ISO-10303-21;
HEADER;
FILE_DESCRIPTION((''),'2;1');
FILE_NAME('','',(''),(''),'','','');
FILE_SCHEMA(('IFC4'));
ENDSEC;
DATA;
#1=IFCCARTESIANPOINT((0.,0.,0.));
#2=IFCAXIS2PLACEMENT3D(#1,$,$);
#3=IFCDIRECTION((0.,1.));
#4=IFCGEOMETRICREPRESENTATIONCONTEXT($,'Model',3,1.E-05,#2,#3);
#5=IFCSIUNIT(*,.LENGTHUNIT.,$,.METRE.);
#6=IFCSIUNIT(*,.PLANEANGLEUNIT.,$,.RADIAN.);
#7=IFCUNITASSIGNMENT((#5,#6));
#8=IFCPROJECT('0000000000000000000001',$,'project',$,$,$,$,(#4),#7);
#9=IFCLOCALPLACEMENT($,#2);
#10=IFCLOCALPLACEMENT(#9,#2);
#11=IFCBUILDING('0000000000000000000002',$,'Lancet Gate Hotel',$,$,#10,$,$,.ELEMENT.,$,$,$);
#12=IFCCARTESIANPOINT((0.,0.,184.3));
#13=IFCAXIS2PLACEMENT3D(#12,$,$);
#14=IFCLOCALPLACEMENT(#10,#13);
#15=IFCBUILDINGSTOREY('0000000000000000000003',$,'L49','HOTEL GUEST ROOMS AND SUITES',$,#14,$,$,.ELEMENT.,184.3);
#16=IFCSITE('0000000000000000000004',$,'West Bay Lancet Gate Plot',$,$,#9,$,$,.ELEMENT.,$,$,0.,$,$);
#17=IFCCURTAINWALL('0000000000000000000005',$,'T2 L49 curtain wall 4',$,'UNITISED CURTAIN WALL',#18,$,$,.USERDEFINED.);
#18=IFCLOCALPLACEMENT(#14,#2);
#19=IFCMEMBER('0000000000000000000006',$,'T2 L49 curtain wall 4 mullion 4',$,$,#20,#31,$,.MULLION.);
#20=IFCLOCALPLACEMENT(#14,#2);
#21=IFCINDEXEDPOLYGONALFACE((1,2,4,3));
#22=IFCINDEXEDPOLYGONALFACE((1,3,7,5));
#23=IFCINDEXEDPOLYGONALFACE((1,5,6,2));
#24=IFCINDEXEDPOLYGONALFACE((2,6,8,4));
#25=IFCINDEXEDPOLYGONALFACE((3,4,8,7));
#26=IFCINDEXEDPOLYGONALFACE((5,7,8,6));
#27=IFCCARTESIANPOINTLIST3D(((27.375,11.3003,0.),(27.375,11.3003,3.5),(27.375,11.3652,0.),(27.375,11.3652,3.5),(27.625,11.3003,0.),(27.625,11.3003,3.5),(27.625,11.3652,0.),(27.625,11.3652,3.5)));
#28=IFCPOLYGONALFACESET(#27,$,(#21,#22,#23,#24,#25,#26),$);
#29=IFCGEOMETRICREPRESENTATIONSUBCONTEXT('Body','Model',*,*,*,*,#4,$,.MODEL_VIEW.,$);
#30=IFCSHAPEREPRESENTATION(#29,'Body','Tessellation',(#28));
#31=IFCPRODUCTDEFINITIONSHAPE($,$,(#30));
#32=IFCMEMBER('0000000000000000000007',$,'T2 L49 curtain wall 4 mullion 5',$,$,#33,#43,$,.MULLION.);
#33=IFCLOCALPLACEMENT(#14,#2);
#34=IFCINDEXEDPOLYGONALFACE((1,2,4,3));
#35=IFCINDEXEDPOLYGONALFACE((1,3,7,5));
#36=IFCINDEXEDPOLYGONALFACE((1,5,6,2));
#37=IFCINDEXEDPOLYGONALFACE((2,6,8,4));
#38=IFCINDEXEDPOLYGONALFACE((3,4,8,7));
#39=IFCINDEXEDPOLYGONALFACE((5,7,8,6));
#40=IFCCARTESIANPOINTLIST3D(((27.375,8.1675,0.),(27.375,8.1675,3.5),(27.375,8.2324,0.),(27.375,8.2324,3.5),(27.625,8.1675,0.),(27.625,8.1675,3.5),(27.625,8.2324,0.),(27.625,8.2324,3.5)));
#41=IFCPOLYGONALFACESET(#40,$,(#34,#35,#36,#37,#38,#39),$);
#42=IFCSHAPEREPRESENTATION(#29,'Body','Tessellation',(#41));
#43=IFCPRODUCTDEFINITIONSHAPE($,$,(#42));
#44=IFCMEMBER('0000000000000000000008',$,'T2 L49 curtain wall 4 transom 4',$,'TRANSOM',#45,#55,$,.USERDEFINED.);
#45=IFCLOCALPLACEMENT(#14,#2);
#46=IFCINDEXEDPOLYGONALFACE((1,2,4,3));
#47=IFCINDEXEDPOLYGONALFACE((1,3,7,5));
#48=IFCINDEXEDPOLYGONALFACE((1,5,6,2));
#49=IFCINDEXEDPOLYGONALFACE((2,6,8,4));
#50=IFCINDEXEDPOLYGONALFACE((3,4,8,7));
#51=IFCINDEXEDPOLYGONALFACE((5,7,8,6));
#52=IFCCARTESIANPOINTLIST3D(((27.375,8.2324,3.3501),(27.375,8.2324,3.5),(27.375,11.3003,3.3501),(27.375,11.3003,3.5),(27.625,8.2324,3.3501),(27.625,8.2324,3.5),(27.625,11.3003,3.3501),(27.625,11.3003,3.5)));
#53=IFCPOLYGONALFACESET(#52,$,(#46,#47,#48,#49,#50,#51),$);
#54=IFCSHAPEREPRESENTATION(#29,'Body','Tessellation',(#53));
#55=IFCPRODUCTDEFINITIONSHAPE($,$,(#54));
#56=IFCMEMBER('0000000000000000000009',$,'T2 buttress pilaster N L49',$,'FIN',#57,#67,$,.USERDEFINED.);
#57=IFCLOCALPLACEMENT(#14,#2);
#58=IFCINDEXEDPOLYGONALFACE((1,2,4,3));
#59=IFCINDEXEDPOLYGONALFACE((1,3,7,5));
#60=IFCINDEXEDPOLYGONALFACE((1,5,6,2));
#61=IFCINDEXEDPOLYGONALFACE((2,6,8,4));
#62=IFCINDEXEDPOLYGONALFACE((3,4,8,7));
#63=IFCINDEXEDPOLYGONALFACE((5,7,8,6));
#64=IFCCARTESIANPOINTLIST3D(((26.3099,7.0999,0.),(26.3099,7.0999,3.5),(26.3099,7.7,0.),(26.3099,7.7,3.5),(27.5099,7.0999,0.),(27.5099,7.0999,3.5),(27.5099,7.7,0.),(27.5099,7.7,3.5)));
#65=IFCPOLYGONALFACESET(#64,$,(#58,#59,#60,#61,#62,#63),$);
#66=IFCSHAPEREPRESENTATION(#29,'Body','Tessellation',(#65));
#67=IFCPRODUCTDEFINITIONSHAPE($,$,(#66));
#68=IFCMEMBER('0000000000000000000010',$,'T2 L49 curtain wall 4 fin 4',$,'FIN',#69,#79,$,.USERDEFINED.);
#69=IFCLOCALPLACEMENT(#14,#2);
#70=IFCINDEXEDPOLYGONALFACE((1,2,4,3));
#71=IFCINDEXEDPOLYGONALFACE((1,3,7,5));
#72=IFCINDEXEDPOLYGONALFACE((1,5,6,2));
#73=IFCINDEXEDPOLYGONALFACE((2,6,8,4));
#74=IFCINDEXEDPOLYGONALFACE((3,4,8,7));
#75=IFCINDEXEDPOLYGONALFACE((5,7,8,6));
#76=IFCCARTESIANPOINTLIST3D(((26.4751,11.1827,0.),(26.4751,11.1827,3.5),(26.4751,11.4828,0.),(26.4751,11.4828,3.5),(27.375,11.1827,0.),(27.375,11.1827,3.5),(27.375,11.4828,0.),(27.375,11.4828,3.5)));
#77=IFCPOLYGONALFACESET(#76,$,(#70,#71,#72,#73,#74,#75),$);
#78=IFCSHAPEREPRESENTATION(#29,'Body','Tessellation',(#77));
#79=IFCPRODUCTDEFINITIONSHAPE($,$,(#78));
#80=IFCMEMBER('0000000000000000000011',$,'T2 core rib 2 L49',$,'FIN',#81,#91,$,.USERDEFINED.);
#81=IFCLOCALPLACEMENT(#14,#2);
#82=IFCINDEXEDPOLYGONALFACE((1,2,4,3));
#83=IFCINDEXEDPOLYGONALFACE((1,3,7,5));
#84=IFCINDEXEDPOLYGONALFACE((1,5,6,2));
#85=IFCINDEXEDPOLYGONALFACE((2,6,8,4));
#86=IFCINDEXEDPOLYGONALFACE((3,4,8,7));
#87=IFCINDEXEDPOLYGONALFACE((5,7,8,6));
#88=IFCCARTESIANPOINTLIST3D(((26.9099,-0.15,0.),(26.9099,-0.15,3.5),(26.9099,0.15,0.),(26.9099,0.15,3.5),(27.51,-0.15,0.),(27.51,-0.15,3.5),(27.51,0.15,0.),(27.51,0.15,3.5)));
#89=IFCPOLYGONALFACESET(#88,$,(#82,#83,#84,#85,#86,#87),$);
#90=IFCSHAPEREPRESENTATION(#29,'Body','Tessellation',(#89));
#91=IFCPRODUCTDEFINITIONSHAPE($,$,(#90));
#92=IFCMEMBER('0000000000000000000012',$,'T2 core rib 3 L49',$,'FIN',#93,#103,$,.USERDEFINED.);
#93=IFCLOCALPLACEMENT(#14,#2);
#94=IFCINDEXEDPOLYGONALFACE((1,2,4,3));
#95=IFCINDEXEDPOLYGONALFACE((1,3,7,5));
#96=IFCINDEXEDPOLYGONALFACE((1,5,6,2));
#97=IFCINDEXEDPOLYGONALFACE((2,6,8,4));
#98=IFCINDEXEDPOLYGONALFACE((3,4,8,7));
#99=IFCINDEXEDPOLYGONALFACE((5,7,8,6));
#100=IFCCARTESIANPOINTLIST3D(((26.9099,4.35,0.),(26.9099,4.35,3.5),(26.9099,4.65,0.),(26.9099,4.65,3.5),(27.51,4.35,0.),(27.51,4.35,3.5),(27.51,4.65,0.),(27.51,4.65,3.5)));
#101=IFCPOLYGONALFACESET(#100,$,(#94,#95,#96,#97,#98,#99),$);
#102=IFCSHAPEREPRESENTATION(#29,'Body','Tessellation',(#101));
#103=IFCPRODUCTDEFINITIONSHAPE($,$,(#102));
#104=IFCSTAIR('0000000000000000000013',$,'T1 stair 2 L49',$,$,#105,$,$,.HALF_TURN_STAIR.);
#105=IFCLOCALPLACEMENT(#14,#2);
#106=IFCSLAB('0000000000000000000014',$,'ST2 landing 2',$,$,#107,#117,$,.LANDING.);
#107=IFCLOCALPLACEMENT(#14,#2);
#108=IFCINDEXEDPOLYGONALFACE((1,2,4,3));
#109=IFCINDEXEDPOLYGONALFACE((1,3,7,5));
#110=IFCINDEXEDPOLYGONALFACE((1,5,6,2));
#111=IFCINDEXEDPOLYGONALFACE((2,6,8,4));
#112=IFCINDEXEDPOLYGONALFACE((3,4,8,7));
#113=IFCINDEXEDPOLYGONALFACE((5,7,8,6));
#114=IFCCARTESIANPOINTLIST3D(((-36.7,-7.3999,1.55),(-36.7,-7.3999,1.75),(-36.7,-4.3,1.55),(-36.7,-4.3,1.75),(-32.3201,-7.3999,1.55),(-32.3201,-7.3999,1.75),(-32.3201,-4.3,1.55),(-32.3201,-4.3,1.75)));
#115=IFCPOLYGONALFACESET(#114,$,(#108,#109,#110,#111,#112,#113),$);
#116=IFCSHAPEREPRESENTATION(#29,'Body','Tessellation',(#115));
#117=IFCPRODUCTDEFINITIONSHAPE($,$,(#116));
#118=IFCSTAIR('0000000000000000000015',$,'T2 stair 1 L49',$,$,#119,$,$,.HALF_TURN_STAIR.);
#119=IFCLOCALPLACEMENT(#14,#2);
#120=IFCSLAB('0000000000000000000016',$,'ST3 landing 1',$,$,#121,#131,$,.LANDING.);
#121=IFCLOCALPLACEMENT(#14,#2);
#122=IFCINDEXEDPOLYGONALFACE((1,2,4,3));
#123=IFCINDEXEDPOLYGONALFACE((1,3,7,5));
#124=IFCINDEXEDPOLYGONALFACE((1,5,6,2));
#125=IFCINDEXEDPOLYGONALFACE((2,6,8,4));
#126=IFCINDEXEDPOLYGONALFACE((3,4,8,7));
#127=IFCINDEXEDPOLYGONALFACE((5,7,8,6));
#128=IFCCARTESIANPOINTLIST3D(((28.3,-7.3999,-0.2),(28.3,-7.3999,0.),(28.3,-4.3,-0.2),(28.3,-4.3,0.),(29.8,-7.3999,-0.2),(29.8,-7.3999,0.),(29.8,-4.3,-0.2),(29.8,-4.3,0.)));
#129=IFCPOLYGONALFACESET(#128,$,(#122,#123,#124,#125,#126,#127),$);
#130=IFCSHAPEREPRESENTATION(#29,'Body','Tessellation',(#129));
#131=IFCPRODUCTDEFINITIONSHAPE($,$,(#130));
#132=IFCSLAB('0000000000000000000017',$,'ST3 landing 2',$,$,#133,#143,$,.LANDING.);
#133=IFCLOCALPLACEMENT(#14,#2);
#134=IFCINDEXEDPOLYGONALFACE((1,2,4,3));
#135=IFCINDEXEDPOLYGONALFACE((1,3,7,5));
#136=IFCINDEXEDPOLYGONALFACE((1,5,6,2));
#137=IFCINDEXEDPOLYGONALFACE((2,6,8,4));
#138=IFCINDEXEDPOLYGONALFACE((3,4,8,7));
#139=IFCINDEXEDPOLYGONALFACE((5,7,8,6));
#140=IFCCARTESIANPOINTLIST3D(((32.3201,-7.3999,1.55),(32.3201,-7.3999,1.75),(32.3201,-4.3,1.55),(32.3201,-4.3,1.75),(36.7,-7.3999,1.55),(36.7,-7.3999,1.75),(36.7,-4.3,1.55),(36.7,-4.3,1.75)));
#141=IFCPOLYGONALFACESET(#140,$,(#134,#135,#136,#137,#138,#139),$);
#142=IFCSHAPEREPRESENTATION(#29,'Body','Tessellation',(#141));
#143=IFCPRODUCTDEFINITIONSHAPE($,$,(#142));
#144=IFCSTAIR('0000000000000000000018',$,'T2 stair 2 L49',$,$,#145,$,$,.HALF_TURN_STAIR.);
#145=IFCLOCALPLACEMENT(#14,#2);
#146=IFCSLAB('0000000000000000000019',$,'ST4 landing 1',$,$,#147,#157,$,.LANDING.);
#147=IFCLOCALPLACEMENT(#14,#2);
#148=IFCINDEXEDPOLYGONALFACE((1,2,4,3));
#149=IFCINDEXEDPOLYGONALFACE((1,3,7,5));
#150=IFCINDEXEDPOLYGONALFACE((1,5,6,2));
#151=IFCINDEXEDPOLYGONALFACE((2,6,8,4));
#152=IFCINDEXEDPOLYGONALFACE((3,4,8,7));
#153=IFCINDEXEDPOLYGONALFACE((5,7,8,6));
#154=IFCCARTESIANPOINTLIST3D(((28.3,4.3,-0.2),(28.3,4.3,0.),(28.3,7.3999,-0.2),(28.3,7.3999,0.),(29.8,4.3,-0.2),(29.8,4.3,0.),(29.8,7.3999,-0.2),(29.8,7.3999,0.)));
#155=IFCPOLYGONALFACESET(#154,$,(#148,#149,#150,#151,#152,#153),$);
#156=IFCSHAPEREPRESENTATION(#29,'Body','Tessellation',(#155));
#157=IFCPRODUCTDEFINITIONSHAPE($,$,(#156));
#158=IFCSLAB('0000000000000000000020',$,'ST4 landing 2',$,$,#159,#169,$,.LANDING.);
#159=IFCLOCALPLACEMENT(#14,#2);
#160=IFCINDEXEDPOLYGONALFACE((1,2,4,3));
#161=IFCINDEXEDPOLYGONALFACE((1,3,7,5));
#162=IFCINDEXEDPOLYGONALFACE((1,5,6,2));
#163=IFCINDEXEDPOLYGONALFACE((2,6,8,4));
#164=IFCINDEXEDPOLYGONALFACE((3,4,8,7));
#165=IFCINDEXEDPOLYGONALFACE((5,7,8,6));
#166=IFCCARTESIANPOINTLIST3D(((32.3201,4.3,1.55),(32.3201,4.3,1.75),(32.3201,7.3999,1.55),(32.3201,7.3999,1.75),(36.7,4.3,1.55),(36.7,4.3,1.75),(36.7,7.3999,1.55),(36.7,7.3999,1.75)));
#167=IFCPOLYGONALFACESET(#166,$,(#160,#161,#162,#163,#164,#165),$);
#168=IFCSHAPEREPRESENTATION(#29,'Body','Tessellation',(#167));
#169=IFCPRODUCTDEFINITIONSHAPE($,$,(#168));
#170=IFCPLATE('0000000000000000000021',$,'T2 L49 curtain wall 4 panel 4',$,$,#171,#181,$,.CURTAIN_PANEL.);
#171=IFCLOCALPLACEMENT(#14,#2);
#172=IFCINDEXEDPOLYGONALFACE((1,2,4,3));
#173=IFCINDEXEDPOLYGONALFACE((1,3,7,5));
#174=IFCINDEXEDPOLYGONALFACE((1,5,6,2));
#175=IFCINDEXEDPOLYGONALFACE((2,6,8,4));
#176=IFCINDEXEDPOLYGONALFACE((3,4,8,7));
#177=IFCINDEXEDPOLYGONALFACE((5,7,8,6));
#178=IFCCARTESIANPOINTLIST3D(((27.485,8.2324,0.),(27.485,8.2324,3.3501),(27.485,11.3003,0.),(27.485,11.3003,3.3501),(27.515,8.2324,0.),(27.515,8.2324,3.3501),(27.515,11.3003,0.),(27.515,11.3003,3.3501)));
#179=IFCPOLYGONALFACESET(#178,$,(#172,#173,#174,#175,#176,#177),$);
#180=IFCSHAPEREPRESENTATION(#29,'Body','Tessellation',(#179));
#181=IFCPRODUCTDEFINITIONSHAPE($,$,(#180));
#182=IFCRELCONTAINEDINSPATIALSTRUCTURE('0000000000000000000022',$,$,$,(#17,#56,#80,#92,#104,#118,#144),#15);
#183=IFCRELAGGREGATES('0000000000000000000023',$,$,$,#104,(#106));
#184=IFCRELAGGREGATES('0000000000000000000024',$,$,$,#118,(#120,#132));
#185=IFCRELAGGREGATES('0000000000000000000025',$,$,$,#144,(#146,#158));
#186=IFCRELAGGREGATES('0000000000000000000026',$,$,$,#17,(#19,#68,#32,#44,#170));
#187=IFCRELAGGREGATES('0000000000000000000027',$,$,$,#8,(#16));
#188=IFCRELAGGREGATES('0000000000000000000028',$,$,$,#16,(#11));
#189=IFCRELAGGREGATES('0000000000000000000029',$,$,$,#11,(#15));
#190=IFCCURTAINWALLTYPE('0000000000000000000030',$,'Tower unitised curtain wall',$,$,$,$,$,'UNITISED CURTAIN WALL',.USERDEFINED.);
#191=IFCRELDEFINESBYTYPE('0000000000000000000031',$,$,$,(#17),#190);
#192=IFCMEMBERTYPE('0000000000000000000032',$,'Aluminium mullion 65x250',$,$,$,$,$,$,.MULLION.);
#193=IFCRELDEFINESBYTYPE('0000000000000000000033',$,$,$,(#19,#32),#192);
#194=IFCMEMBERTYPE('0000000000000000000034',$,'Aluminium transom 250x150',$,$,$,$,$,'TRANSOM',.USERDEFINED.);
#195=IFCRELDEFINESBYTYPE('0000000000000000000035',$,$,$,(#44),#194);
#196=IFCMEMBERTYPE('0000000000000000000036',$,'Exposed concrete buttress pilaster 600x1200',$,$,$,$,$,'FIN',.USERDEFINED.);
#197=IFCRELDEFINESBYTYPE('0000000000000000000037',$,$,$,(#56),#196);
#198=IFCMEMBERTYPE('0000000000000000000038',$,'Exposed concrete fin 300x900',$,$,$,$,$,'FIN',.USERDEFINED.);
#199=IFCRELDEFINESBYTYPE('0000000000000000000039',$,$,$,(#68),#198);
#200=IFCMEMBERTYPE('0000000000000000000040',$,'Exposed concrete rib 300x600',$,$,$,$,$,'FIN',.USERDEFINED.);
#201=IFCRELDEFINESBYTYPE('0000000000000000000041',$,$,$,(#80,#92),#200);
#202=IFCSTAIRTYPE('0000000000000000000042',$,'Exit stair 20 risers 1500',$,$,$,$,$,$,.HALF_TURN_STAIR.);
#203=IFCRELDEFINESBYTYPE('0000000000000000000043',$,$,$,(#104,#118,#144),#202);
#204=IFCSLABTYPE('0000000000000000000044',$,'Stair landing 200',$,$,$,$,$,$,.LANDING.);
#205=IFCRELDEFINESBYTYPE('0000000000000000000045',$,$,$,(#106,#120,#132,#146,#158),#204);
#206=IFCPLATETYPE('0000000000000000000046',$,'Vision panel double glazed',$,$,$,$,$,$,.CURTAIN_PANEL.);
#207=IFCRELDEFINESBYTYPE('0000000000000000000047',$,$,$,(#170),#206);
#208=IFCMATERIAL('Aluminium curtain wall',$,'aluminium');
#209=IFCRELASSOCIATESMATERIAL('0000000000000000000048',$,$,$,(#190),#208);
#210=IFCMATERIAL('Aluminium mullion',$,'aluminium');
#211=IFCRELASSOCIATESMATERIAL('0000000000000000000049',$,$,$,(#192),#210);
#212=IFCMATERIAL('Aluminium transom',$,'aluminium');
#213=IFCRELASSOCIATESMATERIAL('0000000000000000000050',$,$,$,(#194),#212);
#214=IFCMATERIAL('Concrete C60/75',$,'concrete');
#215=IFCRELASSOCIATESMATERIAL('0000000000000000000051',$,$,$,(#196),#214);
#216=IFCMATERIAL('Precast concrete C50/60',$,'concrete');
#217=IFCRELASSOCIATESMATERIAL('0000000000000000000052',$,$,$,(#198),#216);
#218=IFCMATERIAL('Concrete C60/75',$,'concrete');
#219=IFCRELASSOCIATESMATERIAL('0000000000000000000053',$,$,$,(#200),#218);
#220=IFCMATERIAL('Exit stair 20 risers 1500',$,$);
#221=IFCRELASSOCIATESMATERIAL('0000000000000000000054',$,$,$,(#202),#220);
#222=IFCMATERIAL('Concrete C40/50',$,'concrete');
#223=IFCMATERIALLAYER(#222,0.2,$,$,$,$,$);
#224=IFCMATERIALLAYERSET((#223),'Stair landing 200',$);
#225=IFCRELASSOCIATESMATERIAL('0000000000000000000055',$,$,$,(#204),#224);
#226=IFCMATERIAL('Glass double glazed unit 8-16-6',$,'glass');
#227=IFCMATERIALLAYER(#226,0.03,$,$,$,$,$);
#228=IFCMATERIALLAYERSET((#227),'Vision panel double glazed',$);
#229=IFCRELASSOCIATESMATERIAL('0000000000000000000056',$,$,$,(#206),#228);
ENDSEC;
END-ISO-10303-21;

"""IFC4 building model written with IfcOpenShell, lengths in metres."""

from ifc_helpers import new_model, si_unit, direction, frame, origin, origin_2d, place, context, subcontext, project, spatial, polyline, rectangle, outline, extrude, material, layer, layer_set, material_profile, profile_set, type_object, element, aggregate, save


model = new_model("IFC4")

# Units and contexts
model_context = context("Model", 3, precision=1e-05, world=origin(), true_north=direction((0.0, 1.0)))
body_context = subcontext(model_context, "Body", "Model", "MODEL_VIEW")
ifc_project = project(units=[si_unit("LENGTHUNIT", "METRE"), si_unit("PLANEANGLEUNIT", "RADIAN")], contexts=[model_context])

# Site, building, storey
site_placement = place(None, origin())
site = spatial("IfcSite", under=ifc_project, at=site_placement, Name="West Bay Lancet Gate Plot", CompositionType="ELEMENT", RefElevation=0.0)
building_placement = place(site_placement, origin())
building = spatial("IfcBuilding", under=site, at=building_placement, Name="Lancet Gate Hotel", CompositionType="ELEMENT")
storey_placement = place(building_placement, frame((0.0, 0.0, 184.3)))
storey = spatial("IfcBuildingStorey", under=building, at=storey_placement, Name="L49", Description="HOTEL GUEST ROOMS AND SUITES", CompositionType="ELEMENT", Elevation=184.3)

# Curtain wall, members
ifc_material_1 = material(Name="Aluminium curtain wall", Category="aluminium")
curtain_wall_type = type_object("IfcCurtainWallType", Name="Tower unitised curtain wall", ElementType="UNITISED CURTAIN WALL", PredefinedType="USERDEFINED", material=ifc_material_1)
curtain_wall_placement = place(storey_placement, origin())
curtain_wall = element("IfcCurtainWall", 1, at=curtain_wall_placement, inside=storey, type_object=curtain_wall_type, Name="T2 L49 curtain wall 4", ObjectType="UNITISED CURTAIN WALL", PredefinedType="USERDEFINED")
ifc_material_2 = material(Name="Aluminium mullion", Category="aluminium")
ifc_material_profile_1 = material_profile(ifc_material_2, rectangle(XDim=0.0649, YDim=0.25, at=origin_2d()), Name="MULLION 65x250")
ifc_profile_set_1 = profile_set([ifc_material_profile_1], Name="Aluminium mullion")
member_type_1 = type_object("IfcMemberType", Name="Aluminium mullion 65x250", PredefinedType="MULLION", material=ifc_profile_set_1)
member_1_placement = place(storey_placement, frame((27.5, 11.3328, 0.0), z_axis=(0.0, 0.0, 1.0), x_axis=(0.0, -1.0, 0.0)))
member_1 = element("IfcMember", 2, at=member_1_placement, type_object=member_type_1, Name="T2 L49 curtain wall 4 mullion 4", PredefinedType="MULLION", context=body_context, shape_type="SweptSolid", body=[
    extrude(rectangle(XDim=0.0649, YDim=0.25, at=origin_2d()), origin(), (0.0, 0.0, 1.0), 3.5),
])
member_2_placement = place(storey_placement, frame((27.5, 8.2, 0.0), z_axis=(0.0, 0.0, 1.0), x_axis=(0.0, -1.0, 0.0)))
member_2 = element("IfcMember", 3, at=member_2_placement, type_object=member_type_1, Name="T2 L49 curtain wall 4 mullion 5", PredefinedType="MULLION", context=body_context, shape_type="SweptSolid", body=[
    extrude(rectangle(XDim=0.0649, YDim=0.25, at=origin_2d()), origin(), (0.0, 0.0, 1.0), 3.5),
])
ifc_material_3 = material(Name="Aluminium transom", Category="aluminium")
ifc_material_profile_2 = material_profile(ifc_material_3, rectangle(XDim=0.25, YDim=0.1499, at=origin_2d()), Name="TRANSOM 250x150")
ifc_profile_set_2 = profile_set([ifc_material_profile_2], Name="Aluminium transom")
member_type_2 = type_object("IfcMemberType", Name="Aluminium transom 250x150", ElementType="TRANSOM", PredefinedType="USERDEFINED", material=ifc_profile_set_2)
member_3_placement = place(storey_placement, frame((27.5, 11.3003, 3.425), z_axis=(0.0, -1.0, 0.0), x_axis=(1.0, 0.0, 0.0)))
member_3 = element("IfcMember", 4, at=member_3_placement, type_object=member_type_2, Name="T2 L49 curtain wall 4 transom 4", ObjectType="TRANSOM", PredefinedType="USERDEFINED", context=body_context, shape_type="SweptSolid", body=[
    extrude(rectangle(XDim=0.25, YDim=0.1499, at=origin_2d()), origin(), (0.0, 0.0, 1.0), 3.0679),
])

# Members
ifc_material_4 = material(Name="Concrete C60/75", Category="concrete")
ifc_material_profile_3 = material_profile(ifc_material_4, rectangle(XDim=0.6001, YDim=1.2, at=origin_2d()), Name="FIN 600x1200")
ifc_profile_set_3 = profile_set([ifc_material_profile_3], Name="Concrete C60/75")
member_type_3 = type_object("IfcMemberType", Name="Exposed concrete buttress pilaster 600x1200", ElementType="FIN", PredefinedType="USERDEFINED", material=ifc_profile_set_3)
member_4_placement = place(storey_placement, frame((26.9099, 7.3999, 0.0), z_axis=(0.0, 0.0, 1.0), x_axis=(0.0, 1.0, 0.0)))
element("IfcMember", 5, at=member_4_placement, inside=storey, type_object=member_type_3, Name="T2 buttress pilaster N L49", ObjectType="FIN", PredefinedType="USERDEFINED", context=body_context, shape_type="SweptSolid", body=[
    extrude(rectangle(XDim=0.6001, YDim=1.2, at=origin_2d()), origin(), (0.0, 0.0, 1.0), 3.5),
])
ifc_material_5 = material(Name="Precast concrete C50/60", Category="concrete")
ifc_material_profile_4 = material_profile(ifc_material_5, rectangle(XDim=0.3, YDim=0.8999, at=origin_2d()), Name="FIN 300x900")
ifc_profile_set_4 = profile_set([ifc_material_profile_4], Name="Precast concrete C50/60")
member_type_4 = type_object("IfcMemberType", Name="Exposed concrete fin 300x900", ElementType="FIN", PredefinedType="USERDEFINED", material=ifc_profile_set_4)
member_5_placement = place(storey_placement, frame((26.925, 11.3328, 0.0), z_axis=(0.0, 0.0, 1.0), x_axis=(0.0, -1.0, 0.0)))
member_5 = element("IfcMember", 6, at=member_5_placement, type_object=member_type_4, Name="T2 L49 curtain wall 4 fin 4", ObjectType="FIN", PredefinedType="USERDEFINED", context=body_context, shape_type="SweptSolid", body=[
    extrude(rectangle(XDim=0.3, YDim=0.8999, at=origin_2d()), origin(), (0.0, 0.0, 1.0), 3.5),
])

# Members
ifc_material_6 = material(Name="Concrete C60/75", Category="concrete")
ifc_material_profile_5 = material_profile(ifc_material_6, rectangle(XDim=0.3, YDim=0.6001, at=origin_2d()), Name="FIN 300x600")
ifc_profile_set_5 = profile_set([ifc_material_profile_5], Name="Concrete C60/75")
member_type_5 = type_object("IfcMemberType", Name="Exposed concrete rib 300x600", ElementType="FIN", PredefinedType="USERDEFINED", material=ifc_profile_set_5)
for number, where, z_axis, x_axis, name in (
    (7, (27.21, 0.0, 0.0), (0.0, 0.0, 1.0), (0.0, 1.0, 0.0), "T2 core rib 2 L49"),
    (8, (27.21, 4.5, 0.0), (0.0, 0.0, 1.0), (0.0, 1.0, 0.0), "T2 core rib 3 L49"),
):
    element("IfcMember", number, at=place(storey_placement, frame(where, z_axis=z_axis, x_axis=x_axis)), inside=storey, type_object=member_type_5, Name=name, ObjectType="FIN", PredefinedType="USERDEFINED", context=body_context, shape_type="SweptSolid", body=[
        extrude(rectangle(XDim=0.3, YDim=0.6001, at=origin_2d()), origin(), (0.0, 0.0, 1.0), 3.5),
    ])

# Stair, slab
ifc_material_7 = material(Name="Exit stair 20 risers 1500")
stair_type = type_object("IfcStairType", Name="Exit stair 20 risers 1500", PredefinedType="HALF_TURN_STAIR", material=ifc_material_7)
stair_1_placement = place(storey_placement, origin())
stair_1 = element("IfcStair", 9, at=stair_1_placement, inside=storey, type_object=stair_type, Name="T1 stair 2 L49", PredefinedType="HALF_TURN_STAIR")
ifc_material_8 = material(Name="Concrete C40/50", Category="concrete")
ifc_layer_1 = layer(ifc_material_8, 0.2)
ifc_layer_set_1 = layer_set([ifc_layer_1], Name="Stair landing 200")
slab_type = type_object("IfcSlabType", Name="Stair landing 200", PredefinedType="LANDING", material=ifc_layer_set_1)
slab_1_placement = place(storey_placement, frame((0.0, 0.0, 1.55)))
slab_1 = element("IfcSlab", 10, at=slab_1_placement, type_object=slab_type, Name="ST2 landing 2", PredefinedType="LANDING", context=body_context, shape_type="SweptSolid", body=[
    extrude(outline(polyline([(-32.3201, -4.3), (-36.7, -4.3), (-36.7, -7.3999), (-32.3201, -7.3999), (-32.3201, -4.3)])), origin(), (0.0, 0.0, 1.0), 0.2),
])
aggregate(stair_1, [slab_1])

# Stairs, slabs
stair_2_placement = place(storey_placement, origin())
stair_2 = element("IfcStair", 11, at=stair_2_placement, inside=storey, type_object=stair_type, Name="T2 stair 1 L49", PredefinedType="HALF_TURN_STAIR")
slab_2_placement = place(storey_placement, frame((0.0, 0.0, -0.2)))
slab_2 = element("IfcSlab", 12, at=slab_2_placement, type_object=slab_type, Name="ST3 landing 1", PredefinedType="LANDING", context=body_context, shape_type="SweptSolid", body=[
    extrude(outline(polyline([(28.3, -7.3999), (29.8, -7.3999), (29.8, -4.3), (28.3, -4.3), (28.3, -7.3999)])), origin(), (0.0, 0.0, 1.0), 0.2),
])
slab_3_placement = place(storey_placement, frame((0.0, 0.0, 1.55)))
slab_3 = element("IfcSlab", 13, at=slab_3_placement, type_object=slab_type, Name="ST3 landing 2", PredefinedType="LANDING", context=body_context, shape_type="SweptSolid", body=[
    extrude(outline(polyline([(32.3201, -7.3999), (36.7, -7.3999), (36.7, -4.3), (32.3201, -4.3), (32.3201, -7.3999)])), origin(), (0.0, 0.0, 1.0), 0.2),
])
aggregate(stair_2, [slab_2, slab_3])
stair_3_placement = place(storey_placement, origin())
stair_3 = element("IfcStair", 14, at=stair_3_placement, inside=storey, type_object=stair_type, Name="T2 stair 2 L49", PredefinedType="HALF_TURN_STAIR")
slab_4_placement = place(storey_placement, frame((0.0, 0.0, -0.2)))
slab_4 = element("IfcSlab", 15, at=slab_4_placement, type_object=slab_type, Name="ST4 landing 1", PredefinedType="LANDING", context=body_context, shape_type="SweptSolid", body=[
    extrude(outline(polyline([(28.3, 4.3), (29.8, 4.3), (29.8, 7.3999), (28.3, 7.3999), (28.3, 4.3)])), origin(), (0.0, 0.0, 1.0), 0.2),
])
slab_5_placement = place(storey_placement, frame((0.0, 0.0, 1.55)))
slab_5 = element("IfcSlab", 16, at=slab_5_placement, type_object=slab_type, Name="ST4 landing 2", PredefinedType="LANDING", context=body_context, shape_type="SweptSolid", body=[
    extrude(outline(polyline([(32.3201, 4.3), (36.7, 4.3), (36.7, 7.3999), (32.3201, 7.3999), (32.3201, 4.3)])), origin(), (0.0, 0.0, 1.0), 0.2),
])
aggregate(stair_3, [slab_4, slab_5])

# Plate
ifc_material_9 = material(Name="Glass double glazed unit 8-16-6", Category="glass")
ifc_layer_2 = layer(ifc_material_9, 0.03)
ifc_layer_set_2 = layer_set([ifc_layer_2], Name="Vision panel double glazed")
plate_type = type_object("IfcPlateType", Name="Vision panel double glazed", PredefinedType="CURTAIN_PANEL", material=ifc_layer_set_2)
plate_placement = place(storey_placement, frame((27.5, 9.7664, 0.0), z_axis=(0.0, 0.0, 1.0), x_axis=(0.0, -1.0, 0.0)))
plate = element("IfcPlate", 17, at=plate_placement, type_object=plate_type, Name="T2 L49 curtain wall 4 panel 4", PredefinedType="CURTAIN_PANEL", context=body_context, shape_type="SweptSolid", body=[
    extrude(rectangle(XDim=3.0679, YDim=0.03, at=origin_2d()), origin(), (0.0, 0.0, 1.0), 3.3501),
])
aggregate(curtain_wall, [member_1, member_5, member_2, member_3, plate])

save(model, "model.ifc")
